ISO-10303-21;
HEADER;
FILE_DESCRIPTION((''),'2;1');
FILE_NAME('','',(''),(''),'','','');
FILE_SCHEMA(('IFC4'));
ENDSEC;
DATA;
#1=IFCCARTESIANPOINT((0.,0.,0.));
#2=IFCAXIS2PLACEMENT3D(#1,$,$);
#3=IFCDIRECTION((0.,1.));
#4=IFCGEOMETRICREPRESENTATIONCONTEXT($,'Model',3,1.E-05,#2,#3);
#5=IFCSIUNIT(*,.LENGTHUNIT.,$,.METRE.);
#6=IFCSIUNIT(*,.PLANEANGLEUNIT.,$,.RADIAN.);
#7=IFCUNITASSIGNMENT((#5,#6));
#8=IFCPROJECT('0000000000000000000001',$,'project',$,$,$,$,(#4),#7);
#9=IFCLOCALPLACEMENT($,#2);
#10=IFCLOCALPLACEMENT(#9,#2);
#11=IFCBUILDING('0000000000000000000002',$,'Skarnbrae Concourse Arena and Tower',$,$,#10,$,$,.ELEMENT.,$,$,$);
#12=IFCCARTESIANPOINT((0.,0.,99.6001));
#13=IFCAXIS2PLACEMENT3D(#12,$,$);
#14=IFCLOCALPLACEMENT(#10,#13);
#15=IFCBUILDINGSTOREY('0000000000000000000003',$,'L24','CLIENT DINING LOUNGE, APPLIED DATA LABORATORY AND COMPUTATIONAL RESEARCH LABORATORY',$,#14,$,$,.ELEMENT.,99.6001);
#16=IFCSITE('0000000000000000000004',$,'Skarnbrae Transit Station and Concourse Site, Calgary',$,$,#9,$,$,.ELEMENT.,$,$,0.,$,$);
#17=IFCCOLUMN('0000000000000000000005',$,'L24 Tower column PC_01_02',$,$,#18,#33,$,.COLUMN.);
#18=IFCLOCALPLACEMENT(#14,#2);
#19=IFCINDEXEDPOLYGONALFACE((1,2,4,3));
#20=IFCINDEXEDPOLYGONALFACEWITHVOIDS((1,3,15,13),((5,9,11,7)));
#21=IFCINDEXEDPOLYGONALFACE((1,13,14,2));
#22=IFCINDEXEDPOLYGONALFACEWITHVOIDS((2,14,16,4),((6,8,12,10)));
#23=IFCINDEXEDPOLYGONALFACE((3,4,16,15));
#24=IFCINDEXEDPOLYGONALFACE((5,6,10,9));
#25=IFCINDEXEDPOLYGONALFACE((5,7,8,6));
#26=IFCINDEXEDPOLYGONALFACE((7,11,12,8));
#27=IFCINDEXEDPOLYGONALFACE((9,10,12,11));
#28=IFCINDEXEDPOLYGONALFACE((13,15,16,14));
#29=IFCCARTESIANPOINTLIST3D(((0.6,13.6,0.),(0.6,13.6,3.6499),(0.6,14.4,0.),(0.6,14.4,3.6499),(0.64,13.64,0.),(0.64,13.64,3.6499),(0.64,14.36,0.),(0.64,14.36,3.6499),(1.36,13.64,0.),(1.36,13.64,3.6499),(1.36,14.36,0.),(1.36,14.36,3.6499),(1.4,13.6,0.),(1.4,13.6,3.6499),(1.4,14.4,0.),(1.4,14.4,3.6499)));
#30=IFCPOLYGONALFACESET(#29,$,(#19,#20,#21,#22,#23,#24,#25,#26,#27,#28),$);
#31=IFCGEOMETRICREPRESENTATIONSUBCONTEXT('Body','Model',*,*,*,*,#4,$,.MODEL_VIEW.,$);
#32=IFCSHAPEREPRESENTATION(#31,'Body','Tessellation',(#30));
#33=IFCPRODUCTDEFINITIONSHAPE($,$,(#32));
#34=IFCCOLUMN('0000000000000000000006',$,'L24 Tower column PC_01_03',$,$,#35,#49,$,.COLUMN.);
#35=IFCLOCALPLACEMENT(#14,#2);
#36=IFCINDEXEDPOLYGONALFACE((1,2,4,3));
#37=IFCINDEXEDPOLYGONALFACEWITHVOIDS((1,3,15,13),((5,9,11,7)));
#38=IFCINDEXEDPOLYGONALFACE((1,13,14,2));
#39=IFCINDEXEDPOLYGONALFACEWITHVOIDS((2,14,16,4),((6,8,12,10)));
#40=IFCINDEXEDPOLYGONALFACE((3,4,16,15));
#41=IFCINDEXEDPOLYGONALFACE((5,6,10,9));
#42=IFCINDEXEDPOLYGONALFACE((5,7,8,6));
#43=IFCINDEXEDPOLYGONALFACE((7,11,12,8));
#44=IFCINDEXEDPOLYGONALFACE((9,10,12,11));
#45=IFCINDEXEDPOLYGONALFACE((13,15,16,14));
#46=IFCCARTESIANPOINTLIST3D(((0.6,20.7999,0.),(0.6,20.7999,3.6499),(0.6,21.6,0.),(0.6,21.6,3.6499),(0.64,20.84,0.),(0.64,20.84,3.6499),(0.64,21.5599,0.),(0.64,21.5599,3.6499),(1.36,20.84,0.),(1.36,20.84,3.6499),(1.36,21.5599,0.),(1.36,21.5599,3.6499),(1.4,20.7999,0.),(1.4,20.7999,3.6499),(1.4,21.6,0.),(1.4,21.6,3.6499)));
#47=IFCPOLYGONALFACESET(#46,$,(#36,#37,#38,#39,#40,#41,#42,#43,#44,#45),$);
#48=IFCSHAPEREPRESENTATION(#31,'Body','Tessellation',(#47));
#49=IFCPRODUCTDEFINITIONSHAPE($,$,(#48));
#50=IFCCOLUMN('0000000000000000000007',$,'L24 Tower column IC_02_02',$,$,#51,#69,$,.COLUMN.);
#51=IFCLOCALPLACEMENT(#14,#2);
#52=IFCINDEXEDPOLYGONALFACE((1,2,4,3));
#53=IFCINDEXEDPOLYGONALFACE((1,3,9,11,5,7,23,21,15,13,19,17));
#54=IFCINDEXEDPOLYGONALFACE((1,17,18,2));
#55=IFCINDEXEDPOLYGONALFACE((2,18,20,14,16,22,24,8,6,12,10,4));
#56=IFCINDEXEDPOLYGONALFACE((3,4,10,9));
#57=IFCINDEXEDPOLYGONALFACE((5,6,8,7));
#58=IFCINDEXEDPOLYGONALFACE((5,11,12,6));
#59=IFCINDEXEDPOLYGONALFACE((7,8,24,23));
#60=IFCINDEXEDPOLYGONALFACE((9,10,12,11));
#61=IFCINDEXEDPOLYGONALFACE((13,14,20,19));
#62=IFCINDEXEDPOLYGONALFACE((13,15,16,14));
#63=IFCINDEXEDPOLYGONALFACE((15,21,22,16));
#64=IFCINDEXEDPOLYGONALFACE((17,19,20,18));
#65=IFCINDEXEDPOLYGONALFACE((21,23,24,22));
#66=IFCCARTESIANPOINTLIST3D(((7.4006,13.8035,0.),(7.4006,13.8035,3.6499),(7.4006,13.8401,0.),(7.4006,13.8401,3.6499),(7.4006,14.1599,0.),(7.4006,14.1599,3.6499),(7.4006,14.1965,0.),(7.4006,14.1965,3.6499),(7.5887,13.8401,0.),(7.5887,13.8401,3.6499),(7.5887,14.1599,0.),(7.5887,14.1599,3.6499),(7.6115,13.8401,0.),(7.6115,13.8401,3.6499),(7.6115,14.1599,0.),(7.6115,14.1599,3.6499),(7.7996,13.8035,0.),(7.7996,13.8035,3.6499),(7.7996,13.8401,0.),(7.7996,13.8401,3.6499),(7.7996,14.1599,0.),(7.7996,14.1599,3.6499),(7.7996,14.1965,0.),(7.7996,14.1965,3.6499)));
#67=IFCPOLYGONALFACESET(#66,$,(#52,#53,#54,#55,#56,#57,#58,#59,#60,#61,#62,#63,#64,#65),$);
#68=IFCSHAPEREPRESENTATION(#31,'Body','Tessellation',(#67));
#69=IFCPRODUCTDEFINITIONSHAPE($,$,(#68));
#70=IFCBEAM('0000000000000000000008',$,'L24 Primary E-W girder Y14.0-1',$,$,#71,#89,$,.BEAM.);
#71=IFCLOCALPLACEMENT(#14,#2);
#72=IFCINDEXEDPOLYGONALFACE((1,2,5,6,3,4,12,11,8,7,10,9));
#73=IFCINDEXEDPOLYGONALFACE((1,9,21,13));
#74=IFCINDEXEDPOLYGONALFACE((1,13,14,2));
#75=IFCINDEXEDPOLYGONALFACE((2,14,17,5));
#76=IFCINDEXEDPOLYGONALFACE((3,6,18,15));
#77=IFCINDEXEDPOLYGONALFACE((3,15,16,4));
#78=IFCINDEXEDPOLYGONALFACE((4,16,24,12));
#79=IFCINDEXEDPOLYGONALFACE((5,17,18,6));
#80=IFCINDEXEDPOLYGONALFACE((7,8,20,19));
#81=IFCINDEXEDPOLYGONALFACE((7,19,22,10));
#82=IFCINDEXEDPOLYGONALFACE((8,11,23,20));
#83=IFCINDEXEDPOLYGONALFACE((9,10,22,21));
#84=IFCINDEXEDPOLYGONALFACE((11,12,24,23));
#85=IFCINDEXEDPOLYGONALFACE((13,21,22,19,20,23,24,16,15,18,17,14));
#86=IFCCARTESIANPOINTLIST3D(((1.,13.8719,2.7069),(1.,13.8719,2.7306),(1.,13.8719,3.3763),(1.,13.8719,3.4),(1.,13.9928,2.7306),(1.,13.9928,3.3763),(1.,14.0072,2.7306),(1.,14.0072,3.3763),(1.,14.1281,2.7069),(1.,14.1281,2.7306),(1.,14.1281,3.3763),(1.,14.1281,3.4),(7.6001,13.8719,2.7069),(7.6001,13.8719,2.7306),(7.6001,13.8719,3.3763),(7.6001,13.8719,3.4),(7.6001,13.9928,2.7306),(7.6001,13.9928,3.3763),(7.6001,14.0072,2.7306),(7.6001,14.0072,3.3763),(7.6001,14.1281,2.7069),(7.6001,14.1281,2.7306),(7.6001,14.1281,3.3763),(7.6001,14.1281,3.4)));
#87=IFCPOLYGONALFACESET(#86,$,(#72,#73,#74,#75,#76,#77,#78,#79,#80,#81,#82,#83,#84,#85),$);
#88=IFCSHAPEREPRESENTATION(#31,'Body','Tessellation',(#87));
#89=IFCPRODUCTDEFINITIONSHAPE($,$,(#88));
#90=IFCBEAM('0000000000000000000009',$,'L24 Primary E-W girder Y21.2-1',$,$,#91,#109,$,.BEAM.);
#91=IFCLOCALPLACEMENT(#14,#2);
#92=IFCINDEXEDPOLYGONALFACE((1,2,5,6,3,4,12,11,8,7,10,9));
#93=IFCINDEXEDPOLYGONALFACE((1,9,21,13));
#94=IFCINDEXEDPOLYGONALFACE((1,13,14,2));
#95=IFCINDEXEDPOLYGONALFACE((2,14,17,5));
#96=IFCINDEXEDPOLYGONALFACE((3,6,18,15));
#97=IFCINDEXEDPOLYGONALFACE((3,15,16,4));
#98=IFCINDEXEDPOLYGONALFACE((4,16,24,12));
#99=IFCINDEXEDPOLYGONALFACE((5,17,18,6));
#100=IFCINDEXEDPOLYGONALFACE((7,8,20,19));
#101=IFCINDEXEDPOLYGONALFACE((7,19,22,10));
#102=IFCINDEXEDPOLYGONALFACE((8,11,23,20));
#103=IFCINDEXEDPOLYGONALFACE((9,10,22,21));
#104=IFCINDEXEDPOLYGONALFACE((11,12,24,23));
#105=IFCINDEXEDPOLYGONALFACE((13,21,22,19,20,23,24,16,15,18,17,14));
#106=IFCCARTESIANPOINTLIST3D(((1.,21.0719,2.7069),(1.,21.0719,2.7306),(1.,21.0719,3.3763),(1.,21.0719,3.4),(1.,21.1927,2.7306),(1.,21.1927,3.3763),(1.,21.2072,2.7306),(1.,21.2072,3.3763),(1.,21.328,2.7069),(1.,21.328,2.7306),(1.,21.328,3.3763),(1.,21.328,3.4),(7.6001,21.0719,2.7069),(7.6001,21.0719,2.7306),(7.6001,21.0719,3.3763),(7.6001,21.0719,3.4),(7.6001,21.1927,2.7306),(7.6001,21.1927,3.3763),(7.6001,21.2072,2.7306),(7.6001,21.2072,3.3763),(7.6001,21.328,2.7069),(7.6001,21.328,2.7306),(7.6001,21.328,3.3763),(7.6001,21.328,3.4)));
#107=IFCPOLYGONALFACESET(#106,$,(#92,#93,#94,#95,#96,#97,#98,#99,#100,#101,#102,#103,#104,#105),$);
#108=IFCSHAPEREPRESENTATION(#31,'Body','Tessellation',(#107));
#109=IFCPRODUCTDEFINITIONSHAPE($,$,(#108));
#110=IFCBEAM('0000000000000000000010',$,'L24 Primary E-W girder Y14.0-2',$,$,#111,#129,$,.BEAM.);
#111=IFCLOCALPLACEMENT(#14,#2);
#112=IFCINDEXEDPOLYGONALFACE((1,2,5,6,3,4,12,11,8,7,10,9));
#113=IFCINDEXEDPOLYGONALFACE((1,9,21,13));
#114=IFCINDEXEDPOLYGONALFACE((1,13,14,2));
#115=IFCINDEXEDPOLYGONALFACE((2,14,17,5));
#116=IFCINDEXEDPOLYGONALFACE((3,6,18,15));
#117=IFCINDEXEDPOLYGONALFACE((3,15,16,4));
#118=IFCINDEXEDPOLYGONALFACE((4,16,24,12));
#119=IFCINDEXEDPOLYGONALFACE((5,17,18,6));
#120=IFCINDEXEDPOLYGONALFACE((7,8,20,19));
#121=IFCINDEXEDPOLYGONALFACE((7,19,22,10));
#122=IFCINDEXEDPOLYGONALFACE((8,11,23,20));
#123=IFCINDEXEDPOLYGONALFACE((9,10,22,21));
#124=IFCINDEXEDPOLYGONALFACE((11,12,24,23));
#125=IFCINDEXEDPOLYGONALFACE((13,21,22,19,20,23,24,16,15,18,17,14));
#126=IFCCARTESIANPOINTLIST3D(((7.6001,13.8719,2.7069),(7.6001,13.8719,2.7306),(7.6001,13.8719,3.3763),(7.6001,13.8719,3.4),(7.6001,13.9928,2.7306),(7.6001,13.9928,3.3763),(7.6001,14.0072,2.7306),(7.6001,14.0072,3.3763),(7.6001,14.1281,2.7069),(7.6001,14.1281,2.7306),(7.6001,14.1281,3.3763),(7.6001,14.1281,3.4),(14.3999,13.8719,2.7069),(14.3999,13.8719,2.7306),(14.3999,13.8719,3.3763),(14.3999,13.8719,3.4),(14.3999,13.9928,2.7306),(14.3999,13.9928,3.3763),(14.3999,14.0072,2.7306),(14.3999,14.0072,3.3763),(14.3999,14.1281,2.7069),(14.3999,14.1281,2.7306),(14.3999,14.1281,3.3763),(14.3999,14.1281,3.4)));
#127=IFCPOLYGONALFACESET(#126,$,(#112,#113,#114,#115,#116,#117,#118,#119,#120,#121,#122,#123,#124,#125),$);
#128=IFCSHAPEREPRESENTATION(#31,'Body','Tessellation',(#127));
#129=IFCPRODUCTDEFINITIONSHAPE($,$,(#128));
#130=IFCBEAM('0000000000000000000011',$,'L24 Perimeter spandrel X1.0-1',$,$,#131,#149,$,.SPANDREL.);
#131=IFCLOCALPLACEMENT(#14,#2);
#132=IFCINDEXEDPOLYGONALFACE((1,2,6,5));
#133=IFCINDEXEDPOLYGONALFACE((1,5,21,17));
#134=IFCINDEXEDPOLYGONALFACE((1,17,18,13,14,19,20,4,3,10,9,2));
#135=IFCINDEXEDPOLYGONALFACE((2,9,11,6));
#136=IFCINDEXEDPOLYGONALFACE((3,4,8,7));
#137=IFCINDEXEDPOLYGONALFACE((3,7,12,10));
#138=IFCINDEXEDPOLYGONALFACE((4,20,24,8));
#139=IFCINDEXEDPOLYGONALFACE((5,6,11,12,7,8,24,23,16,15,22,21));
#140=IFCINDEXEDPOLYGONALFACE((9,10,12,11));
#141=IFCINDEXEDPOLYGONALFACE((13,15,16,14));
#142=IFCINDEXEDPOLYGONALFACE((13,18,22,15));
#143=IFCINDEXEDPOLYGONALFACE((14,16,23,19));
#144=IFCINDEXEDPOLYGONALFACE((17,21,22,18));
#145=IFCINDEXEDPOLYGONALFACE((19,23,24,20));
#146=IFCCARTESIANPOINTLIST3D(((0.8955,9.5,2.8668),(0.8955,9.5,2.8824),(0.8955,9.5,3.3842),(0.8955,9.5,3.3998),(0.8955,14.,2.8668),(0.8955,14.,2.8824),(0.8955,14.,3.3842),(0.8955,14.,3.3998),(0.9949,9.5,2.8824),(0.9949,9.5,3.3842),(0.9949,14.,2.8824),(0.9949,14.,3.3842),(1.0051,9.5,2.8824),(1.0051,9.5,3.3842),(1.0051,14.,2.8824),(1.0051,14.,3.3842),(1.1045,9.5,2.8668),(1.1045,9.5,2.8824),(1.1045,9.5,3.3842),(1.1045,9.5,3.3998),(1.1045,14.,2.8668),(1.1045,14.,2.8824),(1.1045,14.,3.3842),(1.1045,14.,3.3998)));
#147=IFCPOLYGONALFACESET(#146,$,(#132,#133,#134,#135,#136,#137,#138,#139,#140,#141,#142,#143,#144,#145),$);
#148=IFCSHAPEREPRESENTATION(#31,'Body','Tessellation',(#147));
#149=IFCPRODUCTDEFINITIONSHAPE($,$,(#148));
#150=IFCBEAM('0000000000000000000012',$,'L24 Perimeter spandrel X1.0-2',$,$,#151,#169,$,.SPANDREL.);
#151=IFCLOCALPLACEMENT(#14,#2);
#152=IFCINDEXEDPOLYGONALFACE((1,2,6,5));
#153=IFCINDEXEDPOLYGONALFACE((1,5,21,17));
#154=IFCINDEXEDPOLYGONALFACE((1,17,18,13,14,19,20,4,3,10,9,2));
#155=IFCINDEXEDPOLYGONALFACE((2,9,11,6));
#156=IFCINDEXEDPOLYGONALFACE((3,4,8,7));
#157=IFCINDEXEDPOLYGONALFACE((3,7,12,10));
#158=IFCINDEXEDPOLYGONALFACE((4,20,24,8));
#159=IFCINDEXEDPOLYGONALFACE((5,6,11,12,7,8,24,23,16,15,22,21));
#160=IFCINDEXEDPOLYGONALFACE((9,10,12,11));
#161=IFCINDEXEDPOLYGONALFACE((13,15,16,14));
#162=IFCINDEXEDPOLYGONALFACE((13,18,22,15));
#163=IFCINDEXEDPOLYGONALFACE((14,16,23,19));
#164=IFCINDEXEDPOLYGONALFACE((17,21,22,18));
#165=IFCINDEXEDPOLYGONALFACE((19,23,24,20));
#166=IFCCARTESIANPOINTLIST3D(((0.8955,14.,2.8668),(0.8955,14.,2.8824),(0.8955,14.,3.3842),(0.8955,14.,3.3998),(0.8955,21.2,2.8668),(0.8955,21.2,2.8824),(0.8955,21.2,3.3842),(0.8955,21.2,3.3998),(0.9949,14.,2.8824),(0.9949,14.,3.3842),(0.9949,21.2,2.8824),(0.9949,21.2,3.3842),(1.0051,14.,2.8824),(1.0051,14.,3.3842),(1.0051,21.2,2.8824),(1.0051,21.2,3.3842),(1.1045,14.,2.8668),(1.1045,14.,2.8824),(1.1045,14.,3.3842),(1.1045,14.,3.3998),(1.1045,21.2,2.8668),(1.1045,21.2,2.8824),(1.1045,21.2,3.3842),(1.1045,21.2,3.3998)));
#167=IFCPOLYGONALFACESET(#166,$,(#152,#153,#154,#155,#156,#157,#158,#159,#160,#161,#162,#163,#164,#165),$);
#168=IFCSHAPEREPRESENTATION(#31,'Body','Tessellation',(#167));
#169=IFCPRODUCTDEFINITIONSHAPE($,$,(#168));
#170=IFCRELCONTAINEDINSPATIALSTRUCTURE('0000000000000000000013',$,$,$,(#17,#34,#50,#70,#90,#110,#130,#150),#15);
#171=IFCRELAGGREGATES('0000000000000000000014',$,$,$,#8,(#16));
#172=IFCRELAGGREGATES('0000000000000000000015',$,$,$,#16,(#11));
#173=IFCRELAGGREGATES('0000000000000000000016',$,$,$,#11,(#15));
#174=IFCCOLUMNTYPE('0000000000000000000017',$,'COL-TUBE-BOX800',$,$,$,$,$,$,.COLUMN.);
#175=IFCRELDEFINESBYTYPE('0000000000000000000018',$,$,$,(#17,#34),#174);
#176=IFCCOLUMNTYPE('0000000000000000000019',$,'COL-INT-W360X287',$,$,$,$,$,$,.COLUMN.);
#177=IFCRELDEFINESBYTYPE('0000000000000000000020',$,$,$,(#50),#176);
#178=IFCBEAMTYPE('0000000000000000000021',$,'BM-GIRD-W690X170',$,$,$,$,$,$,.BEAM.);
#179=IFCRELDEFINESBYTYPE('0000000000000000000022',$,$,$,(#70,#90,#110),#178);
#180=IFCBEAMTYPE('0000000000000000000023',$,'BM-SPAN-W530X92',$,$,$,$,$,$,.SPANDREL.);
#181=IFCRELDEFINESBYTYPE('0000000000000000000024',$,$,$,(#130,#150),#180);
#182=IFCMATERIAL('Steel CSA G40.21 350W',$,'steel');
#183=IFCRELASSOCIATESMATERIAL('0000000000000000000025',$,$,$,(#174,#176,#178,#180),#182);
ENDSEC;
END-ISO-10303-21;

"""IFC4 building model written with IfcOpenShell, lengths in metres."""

from ifc_helpers import new_model, si_unit, direction, frame, origin, origin_2d, place, context, subcontext, project, spatial, hollow_rectangle, i_section, extrude, source, transform, mapped, material, material_profile, profile_set, type_object, element, save


model = new_model("IFC4")

# Units and contexts
model_context = context("Model", 3, precision=1e-05, world=origin(), true_north=direction((0.0, 1.0)))
body_context = subcontext(model_context, "Body", "Model", "MODEL_VIEW")
ifc_project = project(units=[si_unit("LENGTHUNIT", "METRE"), si_unit("PLANEANGLEUNIT", "RADIAN")], contexts=[model_context])

# Site, building, storey
site_placement = place(None, origin())
site = spatial("IfcSite", under=ifc_project, at=site_placement, Name="Skarnbrae Transit Station and Concourse Site, Calgary", CompositionType="ELEMENT", RefElevation=0.0)
building_placement = place(site_placement, origin())
building = spatial("IfcBuilding", under=site, at=building_placement, Name="Skarnbrae Concourse Arena and Tower", CompositionType="ELEMENT")
storey_placement = place(building_placement, frame((0.0, 0.0, 99.6001)))
storey = spatial("IfcBuildingStorey", under=building, at=storey_placement, Name="L24", Description="CLIENT DINING LOUNGE, APPLIED DATA LABORATORY AND COMPUTATIONAL RESEARCH LABORATORY", CompositionType="ELEMENT", Elevation=99.6001)

# Columns
ifc_material_1 = material(Name="Steel CSA G40.21 350W", Category="steel")
ifc_material_profile_1 = material_profile(ifc_material_1, hollow_rectangle(XDim=0.8, YDim=0.8, WallThickness=0.04, at=origin_2d()), Name="BOX800X800X40")
ifc_profile_set_1 = profile_set([ifc_material_profile_1], Name="Steel CSA G40.21 350W")
column_type_1 = type_object("IfcColumnType", Name="COL-TUBE-BOX800", PredefinedType="COLUMN", material=ifc_profile_set_1)
shared_shape_1 = source(origin(), body_context, "Body", "SweptSolid", [
    extrude(hollow_rectangle(XDim=0.8, YDim=0.8, WallThickness=0.04, at=origin_2d()), origin(), (0.0, 0.0, 1.0), 3.6499),
])
for number, where, z_axis, x_axis, name in (
    (1, (1.0, 14.0, 0.0), (0.0, 0.0, 1.0), (1.0, 0.0, 0.0), "L24 Tower column PC_01_02"),
    (2, (1.0, 21.2, 0.0), (0.0, 0.0, 1.0), (1.0, 0.0, 0.0), "L24 Tower column PC_01_03"),
):
    element("IfcColumn", number, at=place(storey_placement, frame(where, z_axis=z_axis, x_axis=x_axis)), inside=storey, type_object=column_type_1, Name=name, PredefinedType="COLUMN", context=body_context, shape_type="MappedRepresentation", body=[
        mapped(shared_shape_1, transform((0.0, 0.0, 0.0))),
    ])
ifc_material_profile_2 = material_profile(ifc_material_1, i_section(OverallWidth=0.3989, OverallDepth=0.3931, WebThickness=0.0227, FlangeThickness=0.0366, at=origin_2d()), Name="W360X287")
ifc_profile_set_2 = profile_set([ifc_material_profile_2], Name="Steel CSA G40.21 350W")
column_type_2 = type_object("IfcColumnType", Name="COL-INT-W360X287", PredefinedType="COLUMN", material=ifc_profile_set_2)
shared_shape_2 = source(origin(), body_context, "Body", "SweptSolid", [
    extrude(i_section(OverallWidth=0.3989, OverallDepth=0.3931, WebThickness=0.0227, FlangeThickness=0.0366, at=origin_2d()), origin(), (0.0, 0.0, 1.0), 3.6499),
])
column_placement = place(storey_placement, frame((7.6001, 14.0, 0.0), z_axis=(0.0, 0.0, 1.0), x_axis=(1.0, 0.0, 0.0)))
element("IfcColumn", 3, at=column_placement, inside=storey, type_object=column_type_2, Name="L24 Tower column IC_02_02", PredefinedType="COLUMN", context=body_context, shape_type="MappedRepresentation", body=[
    mapped(shared_shape_2, transform((0.0, 0.0, 0.0))),
])

# Beams
ifc_material_profile_3 = material_profile(ifc_material_1, i_section(OverallWidth=0.2561, OverallDepth=0.6931, WebThickness=0.0144, FlangeThickness=0.0237, at=origin_2d()), Name="W690X170")
ifc_profile_set_3 = profile_set([ifc_material_profile_3], Name="Steel CSA G40.21 350W")
beam_type_1 = type_object("IfcBeamType", Name="BM-GIRD-W690X170", PredefinedType="BEAM", material=ifc_profile_set_3)
shared_shape_3 = source(origin(), body_context, "Body", "SweptSolid", [
    extrude(i_section(OverallWidth=0.2561, OverallDepth=0.6931, WebThickness=0.0144, FlangeThickness=0.0237, at=origin_2d()), origin(), (0.0, 0.0, 1.0), 6.6001),
])
for number, where, z_axis, x_axis, name in (
    (4, (1.0, 14.0, 3.0535), (1.0, 0.0, 0.0), (0.0, 1.0, 0.0), "L24 Primary E-W girder Y14.0-1"),
    (5, (1.0, 21.2, 3.0535), (1.0, 0.0, 0.0), (0.0, 1.0, 0.0), "L24 Primary E-W girder Y21.2-1"),
):
    element("IfcBeam", number, at=place(storey_placement, frame(where, z_axis=z_axis, x_axis=x_axis)), inside=storey, type_object=beam_type_1, Name=name, PredefinedType="BEAM", context=body_context, shape_type="MappedRepresentation", body=[
        mapped(shared_shape_3, transform((0.0, 0.0, 0.0))),
    ])
shared_shape_4 = source(origin(), body_context, "Body", "SweptSolid", [
    extrude(i_section(OverallWidth=0.2561, OverallDepth=0.6931, WebThickness=0.0144, FlangeThickness=0.0237, at=origin_2d()), origin(), (0.0, 0.0, 1.0), 6.7998),
])
beam_1_placement = place(storey_placement, frame((7.6001, 14.0, 3.0535), z_axis=(1.0, 0.0, 0.0), x_axis=(0.0, 1.0, 0.0)))
element("IfcBeam", 6, at=beam_1_placement, inside=storey, type_object=beam_type_1, Name="L24 Primary E-W girder Y14.0-2", PredefinedType="BEAM", context=body_context, shape_type="MappedRepresentation", body=[
    mapped(shared_shape_4, transform((0.0, 0.0, 0.0))),
])
ifc_material_profile_4 = material_profile(ifc_material_1, i_section(OverallWidth=0.209, OverallDepth=0.533, WebThickness=0.0103, FlangeThickness=0.0156, at=origin_2d()), Name="W530X92")
ifc_profile_set_4 = profile_set([ifc_material_profile_4], Name="Steel CSA G40.21 350W")
beam_type_2 = type_object("IfcBeamType", Name="BM-SPAN-W530X92", PredefinedType="SPANDREL", material=ifc_profile_set_4)
shared_shape_5 = source(origin(), body_context, "Body", "SweptSolid", [
    extrude(i_section(OverallWidth=0.209, OverallDepth=0.533, WebThickness=0.0103, FlangeThickness=0.0156, at=origin_2d()), origin(), (0.0, 0.0, 1.0), 4.5),
])
beam_2_placement = place(storey_placement, frame((1.0, 9.5, 3.1333), z_axis=(0.0, 1.0, 0.0), x_axis=(-1.0, 0.0, 0.0)))
element("IfcBeam", 7, at=beam_2_placement, inside=storey, type_object=beam_type_2, Name="L24 Perimeter spandrel X1.0-1", PredefinedType="SPANDREL", context=body_context, shape_type="MappedRepresentation", body=[
    mapped(shared_shape_5, transform((0.0, 0.0, 0.0))),
])
shared_shape_6 = source(origin(), body_context, "Body", "SweptSolid", [
    extrude(i_section(OverallWidth=0.209, OverallDepth=0.533, WebThickness=0.0103, FlangeThickness=0.0156, at=origin_2d()), origin(), (0.0, 0.0, 1.0), 7.2),
])
beam_3_placement = place(storey_placement, frame((1.0, 14.0, 3.1333), z_axis=(0.0, 1.0, 0.0), x_axis=(-1.0, 0.0, 0.0)))
element("IfcBeam", 8, at=beam_3_placement, inside=storey, type_object=beam_type_2, Name="L24 Perimeter spandrel X1.0-2", PredefinedType="SPANDREL", context=body_context, shape_type="MappedRepresentation", body=[
    mapped(shared_shape_6, transform((0.0, 0.0, 0.0))),
])

save(model, "model.ifc")
